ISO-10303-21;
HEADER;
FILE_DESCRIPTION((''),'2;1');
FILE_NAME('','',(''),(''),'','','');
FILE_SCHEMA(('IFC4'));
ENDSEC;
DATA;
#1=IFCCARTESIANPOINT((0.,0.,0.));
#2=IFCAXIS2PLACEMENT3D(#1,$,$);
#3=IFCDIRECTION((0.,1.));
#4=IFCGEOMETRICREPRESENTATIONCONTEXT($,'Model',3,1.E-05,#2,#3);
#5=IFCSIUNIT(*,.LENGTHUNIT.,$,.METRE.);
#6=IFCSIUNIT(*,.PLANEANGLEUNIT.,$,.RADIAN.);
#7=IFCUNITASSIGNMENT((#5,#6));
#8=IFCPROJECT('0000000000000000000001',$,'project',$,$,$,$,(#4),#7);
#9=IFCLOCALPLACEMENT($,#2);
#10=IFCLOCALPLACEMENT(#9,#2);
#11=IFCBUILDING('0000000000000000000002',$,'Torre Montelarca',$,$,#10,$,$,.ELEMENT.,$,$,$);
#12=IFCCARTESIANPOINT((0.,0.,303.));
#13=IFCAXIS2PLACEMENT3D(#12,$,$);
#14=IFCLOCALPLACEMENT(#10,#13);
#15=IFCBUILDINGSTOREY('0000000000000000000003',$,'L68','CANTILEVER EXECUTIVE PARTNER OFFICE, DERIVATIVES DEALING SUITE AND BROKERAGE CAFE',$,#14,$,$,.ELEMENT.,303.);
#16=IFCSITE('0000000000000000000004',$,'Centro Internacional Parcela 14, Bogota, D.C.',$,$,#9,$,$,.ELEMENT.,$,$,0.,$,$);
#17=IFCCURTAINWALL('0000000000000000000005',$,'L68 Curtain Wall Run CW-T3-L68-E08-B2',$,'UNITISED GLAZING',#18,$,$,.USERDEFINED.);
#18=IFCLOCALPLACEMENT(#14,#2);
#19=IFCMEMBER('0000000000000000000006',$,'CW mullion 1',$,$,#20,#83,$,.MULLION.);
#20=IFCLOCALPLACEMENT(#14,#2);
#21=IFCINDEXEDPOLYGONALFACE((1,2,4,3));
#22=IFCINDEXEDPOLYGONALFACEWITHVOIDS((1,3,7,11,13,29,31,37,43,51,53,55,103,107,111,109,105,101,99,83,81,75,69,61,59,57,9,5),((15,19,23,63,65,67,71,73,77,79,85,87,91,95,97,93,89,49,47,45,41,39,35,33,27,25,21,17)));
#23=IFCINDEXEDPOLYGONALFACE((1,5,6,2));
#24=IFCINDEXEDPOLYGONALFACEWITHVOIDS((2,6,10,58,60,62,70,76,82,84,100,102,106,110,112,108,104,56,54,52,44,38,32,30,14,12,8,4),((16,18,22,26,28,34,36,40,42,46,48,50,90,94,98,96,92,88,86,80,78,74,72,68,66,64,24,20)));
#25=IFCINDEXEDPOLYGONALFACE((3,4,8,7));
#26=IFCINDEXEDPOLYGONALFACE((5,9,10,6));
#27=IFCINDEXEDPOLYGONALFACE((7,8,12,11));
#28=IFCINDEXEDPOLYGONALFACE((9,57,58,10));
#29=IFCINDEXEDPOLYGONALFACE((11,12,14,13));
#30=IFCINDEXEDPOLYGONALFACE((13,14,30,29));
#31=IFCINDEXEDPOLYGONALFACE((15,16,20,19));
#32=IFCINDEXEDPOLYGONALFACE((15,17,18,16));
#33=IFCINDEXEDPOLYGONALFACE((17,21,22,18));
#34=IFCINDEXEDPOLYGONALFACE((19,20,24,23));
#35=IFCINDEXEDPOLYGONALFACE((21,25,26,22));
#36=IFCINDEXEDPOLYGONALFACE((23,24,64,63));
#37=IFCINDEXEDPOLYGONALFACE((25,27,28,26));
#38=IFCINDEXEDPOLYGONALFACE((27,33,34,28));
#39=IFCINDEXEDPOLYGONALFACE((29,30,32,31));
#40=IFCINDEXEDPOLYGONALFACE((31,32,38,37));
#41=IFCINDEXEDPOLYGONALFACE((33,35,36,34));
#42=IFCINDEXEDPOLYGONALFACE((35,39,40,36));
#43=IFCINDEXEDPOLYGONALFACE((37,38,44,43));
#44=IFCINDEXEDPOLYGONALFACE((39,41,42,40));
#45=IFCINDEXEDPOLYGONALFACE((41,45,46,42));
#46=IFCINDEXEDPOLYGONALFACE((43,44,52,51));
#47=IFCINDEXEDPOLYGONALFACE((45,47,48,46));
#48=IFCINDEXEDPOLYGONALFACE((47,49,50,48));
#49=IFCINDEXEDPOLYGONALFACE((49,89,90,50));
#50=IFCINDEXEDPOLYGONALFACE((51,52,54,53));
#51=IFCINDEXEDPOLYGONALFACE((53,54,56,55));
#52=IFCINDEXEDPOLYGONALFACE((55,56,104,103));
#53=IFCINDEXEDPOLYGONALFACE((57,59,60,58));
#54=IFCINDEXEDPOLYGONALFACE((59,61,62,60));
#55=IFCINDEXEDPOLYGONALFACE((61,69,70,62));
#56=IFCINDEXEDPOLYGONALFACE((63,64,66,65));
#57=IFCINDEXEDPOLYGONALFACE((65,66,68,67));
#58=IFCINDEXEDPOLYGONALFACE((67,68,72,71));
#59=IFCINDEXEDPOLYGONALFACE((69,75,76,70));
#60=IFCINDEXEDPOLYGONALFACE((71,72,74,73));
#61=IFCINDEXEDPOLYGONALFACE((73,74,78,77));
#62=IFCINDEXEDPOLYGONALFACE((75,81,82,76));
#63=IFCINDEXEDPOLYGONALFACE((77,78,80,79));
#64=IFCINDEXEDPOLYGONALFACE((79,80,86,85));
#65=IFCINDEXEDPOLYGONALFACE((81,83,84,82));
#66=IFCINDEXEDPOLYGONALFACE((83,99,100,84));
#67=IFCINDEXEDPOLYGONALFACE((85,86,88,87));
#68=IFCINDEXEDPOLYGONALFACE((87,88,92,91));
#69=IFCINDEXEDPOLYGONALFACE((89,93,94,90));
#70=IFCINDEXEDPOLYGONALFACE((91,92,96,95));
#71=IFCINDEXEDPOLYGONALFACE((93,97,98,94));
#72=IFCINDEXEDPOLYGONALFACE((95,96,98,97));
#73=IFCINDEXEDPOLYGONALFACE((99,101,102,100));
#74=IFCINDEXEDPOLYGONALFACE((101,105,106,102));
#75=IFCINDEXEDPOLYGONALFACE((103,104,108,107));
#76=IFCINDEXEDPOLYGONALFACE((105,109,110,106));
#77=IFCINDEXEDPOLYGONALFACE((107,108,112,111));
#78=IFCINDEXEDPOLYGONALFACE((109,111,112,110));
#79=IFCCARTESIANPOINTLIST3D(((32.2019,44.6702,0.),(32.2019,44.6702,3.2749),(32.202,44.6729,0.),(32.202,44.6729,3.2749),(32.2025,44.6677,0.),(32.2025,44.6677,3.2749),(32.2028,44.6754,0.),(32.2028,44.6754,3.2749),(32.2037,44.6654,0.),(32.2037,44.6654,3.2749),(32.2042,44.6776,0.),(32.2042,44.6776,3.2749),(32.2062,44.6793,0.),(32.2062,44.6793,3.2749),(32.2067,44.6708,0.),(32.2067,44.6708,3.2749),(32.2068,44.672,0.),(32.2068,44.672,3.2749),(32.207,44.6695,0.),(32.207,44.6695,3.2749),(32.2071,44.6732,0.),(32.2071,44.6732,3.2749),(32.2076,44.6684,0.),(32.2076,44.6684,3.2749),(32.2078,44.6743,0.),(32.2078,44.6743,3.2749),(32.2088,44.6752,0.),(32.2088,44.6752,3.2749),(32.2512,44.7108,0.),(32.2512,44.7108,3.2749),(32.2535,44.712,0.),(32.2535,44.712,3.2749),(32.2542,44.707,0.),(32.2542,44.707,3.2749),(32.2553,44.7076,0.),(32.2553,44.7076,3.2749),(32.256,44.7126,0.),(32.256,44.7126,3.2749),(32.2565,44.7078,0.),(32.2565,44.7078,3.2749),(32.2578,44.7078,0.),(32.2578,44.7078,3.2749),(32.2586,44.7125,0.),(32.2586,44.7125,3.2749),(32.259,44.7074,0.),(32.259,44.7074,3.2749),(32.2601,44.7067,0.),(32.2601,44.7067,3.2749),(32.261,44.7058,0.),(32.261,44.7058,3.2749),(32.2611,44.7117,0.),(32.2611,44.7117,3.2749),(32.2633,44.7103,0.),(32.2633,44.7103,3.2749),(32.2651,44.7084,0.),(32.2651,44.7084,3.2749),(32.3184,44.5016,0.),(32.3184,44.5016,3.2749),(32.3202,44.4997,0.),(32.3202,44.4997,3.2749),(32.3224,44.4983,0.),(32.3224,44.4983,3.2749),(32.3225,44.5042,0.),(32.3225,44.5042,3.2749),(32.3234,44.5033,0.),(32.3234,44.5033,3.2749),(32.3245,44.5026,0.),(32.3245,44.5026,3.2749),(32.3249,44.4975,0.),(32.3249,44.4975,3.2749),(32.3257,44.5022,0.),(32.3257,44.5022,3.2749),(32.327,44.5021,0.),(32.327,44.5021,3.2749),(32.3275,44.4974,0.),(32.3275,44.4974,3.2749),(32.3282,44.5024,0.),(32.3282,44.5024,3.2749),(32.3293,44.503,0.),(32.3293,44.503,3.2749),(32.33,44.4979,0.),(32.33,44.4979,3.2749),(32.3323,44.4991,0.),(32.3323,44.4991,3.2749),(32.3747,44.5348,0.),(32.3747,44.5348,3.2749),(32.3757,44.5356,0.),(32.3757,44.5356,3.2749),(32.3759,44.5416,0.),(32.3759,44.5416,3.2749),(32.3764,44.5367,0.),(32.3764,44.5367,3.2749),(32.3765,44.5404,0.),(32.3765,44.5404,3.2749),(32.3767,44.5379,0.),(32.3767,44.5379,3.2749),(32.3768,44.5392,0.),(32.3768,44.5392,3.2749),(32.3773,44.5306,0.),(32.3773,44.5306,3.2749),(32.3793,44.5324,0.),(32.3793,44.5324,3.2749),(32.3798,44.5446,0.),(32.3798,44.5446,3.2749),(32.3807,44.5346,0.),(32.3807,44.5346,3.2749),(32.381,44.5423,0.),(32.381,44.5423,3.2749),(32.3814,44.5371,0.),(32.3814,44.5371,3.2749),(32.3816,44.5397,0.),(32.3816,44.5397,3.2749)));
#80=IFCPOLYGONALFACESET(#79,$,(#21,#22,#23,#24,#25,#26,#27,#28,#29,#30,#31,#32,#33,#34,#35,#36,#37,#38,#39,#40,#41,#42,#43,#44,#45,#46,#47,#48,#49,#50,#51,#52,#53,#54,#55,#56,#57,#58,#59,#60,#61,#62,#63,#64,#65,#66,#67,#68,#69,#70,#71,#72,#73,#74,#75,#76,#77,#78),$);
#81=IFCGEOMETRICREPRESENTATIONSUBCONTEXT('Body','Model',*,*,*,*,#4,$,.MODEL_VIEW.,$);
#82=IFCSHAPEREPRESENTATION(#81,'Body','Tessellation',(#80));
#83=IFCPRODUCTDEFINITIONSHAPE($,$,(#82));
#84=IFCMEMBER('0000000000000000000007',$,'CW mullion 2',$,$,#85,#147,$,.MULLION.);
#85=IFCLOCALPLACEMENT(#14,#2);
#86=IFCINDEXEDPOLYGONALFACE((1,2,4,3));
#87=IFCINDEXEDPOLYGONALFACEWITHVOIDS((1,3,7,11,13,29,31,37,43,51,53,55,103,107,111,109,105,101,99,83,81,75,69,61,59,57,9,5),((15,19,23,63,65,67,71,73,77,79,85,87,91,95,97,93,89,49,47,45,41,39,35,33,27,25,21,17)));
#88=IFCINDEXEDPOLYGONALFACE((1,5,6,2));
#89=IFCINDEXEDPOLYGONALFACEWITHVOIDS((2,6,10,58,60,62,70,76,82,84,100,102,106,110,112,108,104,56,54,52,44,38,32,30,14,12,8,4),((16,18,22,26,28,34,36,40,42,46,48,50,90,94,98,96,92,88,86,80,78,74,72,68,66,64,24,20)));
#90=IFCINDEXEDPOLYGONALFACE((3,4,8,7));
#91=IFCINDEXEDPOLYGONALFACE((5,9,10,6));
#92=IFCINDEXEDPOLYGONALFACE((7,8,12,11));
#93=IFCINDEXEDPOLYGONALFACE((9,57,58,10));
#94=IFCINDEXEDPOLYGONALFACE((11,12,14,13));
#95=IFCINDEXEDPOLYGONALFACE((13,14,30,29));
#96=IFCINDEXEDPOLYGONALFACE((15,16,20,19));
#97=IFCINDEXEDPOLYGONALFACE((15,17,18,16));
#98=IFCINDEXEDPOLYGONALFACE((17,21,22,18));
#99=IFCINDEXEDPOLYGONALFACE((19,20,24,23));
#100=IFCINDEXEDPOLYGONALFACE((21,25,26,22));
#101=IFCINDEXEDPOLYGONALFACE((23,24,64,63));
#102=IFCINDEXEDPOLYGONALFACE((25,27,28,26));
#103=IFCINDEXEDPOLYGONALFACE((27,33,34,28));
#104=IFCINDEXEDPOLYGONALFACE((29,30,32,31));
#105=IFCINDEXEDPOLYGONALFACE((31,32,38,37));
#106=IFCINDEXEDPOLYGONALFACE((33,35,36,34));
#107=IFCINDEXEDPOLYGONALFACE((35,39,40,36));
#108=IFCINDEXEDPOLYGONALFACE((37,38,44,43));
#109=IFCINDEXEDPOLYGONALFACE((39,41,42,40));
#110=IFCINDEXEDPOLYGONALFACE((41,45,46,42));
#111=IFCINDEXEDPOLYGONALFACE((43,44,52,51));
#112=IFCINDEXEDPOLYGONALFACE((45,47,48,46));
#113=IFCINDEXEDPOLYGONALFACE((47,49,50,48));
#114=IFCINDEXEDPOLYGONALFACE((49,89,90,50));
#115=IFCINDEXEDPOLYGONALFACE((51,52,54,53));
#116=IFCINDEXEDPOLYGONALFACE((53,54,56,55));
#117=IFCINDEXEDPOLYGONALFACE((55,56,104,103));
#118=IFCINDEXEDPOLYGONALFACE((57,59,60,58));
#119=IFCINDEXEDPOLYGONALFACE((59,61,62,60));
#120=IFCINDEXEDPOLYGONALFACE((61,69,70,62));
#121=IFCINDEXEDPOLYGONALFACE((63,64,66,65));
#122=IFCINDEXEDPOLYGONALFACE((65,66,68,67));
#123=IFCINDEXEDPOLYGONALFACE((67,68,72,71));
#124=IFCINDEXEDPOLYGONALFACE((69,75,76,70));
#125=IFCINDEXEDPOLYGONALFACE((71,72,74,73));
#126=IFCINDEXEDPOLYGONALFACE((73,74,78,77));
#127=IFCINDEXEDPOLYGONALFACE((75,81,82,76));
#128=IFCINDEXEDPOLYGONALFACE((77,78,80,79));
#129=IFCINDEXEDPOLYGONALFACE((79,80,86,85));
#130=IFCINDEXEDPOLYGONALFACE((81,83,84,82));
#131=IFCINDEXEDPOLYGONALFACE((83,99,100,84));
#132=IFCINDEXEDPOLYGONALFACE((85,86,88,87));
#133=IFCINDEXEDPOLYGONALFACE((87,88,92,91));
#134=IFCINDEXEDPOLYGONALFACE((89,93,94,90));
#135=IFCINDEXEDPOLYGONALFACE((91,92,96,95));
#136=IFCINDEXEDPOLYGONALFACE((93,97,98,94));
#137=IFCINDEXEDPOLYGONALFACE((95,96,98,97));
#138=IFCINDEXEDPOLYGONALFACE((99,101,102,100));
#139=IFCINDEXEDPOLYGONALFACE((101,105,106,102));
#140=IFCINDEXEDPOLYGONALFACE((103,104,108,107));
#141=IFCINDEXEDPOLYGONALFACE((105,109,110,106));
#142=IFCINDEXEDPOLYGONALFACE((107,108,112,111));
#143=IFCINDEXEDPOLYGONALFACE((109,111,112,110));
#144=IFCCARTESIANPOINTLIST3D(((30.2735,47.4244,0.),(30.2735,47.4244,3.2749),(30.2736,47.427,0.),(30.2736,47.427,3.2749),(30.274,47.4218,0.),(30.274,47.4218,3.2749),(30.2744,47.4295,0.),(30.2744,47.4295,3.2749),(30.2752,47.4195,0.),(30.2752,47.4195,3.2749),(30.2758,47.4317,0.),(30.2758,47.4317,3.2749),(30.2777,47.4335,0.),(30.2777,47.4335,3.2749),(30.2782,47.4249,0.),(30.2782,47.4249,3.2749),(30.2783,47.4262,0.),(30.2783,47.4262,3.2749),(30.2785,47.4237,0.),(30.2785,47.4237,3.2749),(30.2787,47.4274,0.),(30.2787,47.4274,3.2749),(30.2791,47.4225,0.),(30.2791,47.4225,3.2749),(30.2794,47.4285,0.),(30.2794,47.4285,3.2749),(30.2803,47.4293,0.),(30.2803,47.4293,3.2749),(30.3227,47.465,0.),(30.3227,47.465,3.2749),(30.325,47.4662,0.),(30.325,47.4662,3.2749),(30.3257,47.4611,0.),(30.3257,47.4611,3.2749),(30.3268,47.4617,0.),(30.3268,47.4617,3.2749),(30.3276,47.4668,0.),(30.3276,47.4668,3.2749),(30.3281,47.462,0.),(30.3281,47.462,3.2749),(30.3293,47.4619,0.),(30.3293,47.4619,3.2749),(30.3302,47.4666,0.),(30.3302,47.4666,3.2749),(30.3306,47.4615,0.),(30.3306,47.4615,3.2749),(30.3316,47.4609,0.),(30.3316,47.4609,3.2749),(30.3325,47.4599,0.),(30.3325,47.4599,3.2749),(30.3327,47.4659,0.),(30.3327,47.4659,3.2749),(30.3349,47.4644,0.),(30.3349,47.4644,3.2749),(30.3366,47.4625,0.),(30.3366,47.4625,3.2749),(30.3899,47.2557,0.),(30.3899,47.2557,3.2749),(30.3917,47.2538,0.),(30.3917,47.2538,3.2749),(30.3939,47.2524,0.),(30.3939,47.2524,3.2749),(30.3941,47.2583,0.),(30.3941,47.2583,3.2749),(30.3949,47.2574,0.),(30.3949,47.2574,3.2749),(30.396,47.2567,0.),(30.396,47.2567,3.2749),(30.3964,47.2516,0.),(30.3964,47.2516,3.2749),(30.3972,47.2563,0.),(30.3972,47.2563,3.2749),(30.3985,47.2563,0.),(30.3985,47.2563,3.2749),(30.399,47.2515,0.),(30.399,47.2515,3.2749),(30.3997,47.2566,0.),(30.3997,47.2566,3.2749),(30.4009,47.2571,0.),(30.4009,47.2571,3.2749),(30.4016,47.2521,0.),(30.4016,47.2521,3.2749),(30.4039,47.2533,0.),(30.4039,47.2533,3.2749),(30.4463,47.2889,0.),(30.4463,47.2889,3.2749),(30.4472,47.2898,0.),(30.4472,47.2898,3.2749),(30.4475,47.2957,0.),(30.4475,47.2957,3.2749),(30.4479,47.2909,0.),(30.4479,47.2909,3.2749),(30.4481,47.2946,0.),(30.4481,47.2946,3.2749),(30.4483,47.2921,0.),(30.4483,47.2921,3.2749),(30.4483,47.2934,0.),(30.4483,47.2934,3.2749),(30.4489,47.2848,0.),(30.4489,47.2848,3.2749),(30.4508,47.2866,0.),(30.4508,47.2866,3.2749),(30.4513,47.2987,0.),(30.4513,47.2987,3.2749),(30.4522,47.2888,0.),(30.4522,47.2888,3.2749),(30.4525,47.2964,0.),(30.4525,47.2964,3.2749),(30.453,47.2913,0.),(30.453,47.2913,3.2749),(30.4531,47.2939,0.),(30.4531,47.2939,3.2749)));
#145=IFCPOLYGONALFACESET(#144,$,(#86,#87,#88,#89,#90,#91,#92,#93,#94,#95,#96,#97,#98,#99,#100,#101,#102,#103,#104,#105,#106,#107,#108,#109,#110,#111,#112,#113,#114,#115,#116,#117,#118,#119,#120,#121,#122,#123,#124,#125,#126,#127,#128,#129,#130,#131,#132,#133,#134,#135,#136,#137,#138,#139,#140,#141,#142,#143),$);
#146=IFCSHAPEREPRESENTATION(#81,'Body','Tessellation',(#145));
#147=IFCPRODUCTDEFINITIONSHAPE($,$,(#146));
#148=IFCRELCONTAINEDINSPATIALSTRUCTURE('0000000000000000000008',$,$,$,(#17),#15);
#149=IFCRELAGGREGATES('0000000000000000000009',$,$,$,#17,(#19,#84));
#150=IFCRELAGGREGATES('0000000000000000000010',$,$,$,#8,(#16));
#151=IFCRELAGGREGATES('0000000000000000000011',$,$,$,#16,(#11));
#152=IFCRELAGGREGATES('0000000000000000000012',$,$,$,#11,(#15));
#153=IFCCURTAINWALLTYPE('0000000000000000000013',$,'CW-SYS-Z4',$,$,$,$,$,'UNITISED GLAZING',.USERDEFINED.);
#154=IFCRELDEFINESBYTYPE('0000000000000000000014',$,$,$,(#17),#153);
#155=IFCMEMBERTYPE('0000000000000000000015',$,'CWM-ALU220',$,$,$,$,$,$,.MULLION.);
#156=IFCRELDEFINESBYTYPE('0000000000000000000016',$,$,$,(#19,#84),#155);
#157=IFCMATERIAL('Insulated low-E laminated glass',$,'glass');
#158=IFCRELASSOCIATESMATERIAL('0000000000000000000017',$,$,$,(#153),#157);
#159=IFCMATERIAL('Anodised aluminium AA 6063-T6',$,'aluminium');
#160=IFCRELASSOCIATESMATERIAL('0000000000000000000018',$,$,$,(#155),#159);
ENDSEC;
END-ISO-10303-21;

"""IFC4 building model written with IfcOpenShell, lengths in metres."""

from ifc_helpers import new_model, si_unit, direction, frame, origin, origin_2d, place, context, subcontext, project, spatial, hollow_rectangle, extrude, source, transform, mapped, material, material_profile, profile_set, type_object, element, aggregate, save


model = new_model("IFC4")

# Units and contexts
model_context = context("Model", 3, precision=1e-05, world=origin(), true_north=direction((0.0, 1.0)))
body_context = subcontext(model_context, "Body", "Model", "MODEL_VIEW")
ifc_project = project(units=[si_unit("LENGTHUNIT", "METRE"), si_unit("PLANEANGLEUNIT", "RADIAN")], contexts=[model_context])

# Site, building, storey
site_placement = place(None, origin())
site = spatial("IfcSite", under=ifc_project, at=site_placement, Name="Centro Internacional Parcela 14, Bogota, D.C.", CompositionType="ELEMENT", RefElevation=0.0)
building_placement = place(site_placement, origin())
building = spatial("IfcBuilding", under=site, at=building_placement, Name="Torre Montelarca", CompositionType="ELEMENT")
storey_placement = place(building_placement, frame((0.0, 0.0, 303.0)))
storey = spatial("IfcBuildingStorey", under=building, at=storey_placement, Name="L68", Description="CANTILEVER EXECUTIVE PARTNER OFFICE, DERIVATIVES DEALING SUITE AND BROKERAGE CAFE", CompositionType="ELEMENT", Elevation=303.0)

# Shared definitions
ifc_material_1 = material(Name="Insulated low-E laminated glass", Category="glass")
curtain_wall_type = type_object("IfcCurtainWallType", Name="CW-SYS-Z4", ElementType="UNITISED GLAZING", PredefinedType="USERDEFINED", material=ifc_material_1)
ifc_material_2 = material(Name="Anodised aluminium AA 6063-T6", Category="aluminium")
ifc_material_profile_1 = material_profile(ifc_material_2, hollow_rectangle(XDim=0.075, YDim=0.22, WallThickness=0.0049, InnerFilletRadius=0.0049, OuterFilletRadius=0.01, at=origin_2d()), Name="ALU75X220X5", Category="aluminium")
ifc_profile_set_1 = profile_set([ifc_material_profile_1], Name="Anodised aluminium AA 6063-T6")
member_type_1 = type_object("IfcMemberType", Name="CWM-ALU220", PredefinedType="MULLION", material=ifc_profile_set_1)

# Curtain wall, members
curtain_wall_1_placement = place(storey_placement, origin())
curtain_wall_1 = element("IfcCurtainWall", 1, at=curtain_wall_1_placement, inside=storey, type_object=curtain_wall_type, Name="L68 Curtain Wall Run CW-T3-L68-E08-B2", ObjectType="UNITISED GLAZING", PredefinedType="USERDEFINED")
shared_shape_1 = source(origin(), body_context, "Body", "SweptSolid", [
    extrude(hollow_rectangle(XDim=0.075, YDim=0.22, WallThickness=0.0049, InnerFilletRadius=0.0049, OuterFilletRadius=0.01, at=origin_2d()), origin(), (0.0, 0.0, 1.0), 3.2749),
])
member_1_placement = place(storey_placement, frame((32.2917, 44.605, 0.0), z_axis=(0.0, 0.0, 1.0), x_axis=(-0.819148, -0.573582, 0.0)))
member_1 = element("IfcMember", 2, at=member_1_placement, type_object=member_type_1, Name="CW mullion 1", PredefinedType="MULLION", context=body_context, shape_type="MappedRepresentation", body=[
    mapped(shared_shape_1, transform((0.0, 0.0, 0.0), scale=1.0)),
])
member_2_placement = place(storey_placement, frame((30.3633, 47.3591, 0.0), z_axis=(0.0, 0.0, 1.0), x_axis=(-0.819148, -0.573582, 0.0)))
member_2 = element("IfcMember", 3, at=member_2_placement, type_object=member_type_1, Name="CW mullion 2", PredefinedType="MULLION", context=body_context, shape_type="MappedRepresentation", body=[
    mapped(shared_shape_1, transform((0.0, 0.0, 0.0), scale=1.0)),
])

aggregate(curtain_wall_1, [member_1, member_2])

save(model, "model.ifc")
